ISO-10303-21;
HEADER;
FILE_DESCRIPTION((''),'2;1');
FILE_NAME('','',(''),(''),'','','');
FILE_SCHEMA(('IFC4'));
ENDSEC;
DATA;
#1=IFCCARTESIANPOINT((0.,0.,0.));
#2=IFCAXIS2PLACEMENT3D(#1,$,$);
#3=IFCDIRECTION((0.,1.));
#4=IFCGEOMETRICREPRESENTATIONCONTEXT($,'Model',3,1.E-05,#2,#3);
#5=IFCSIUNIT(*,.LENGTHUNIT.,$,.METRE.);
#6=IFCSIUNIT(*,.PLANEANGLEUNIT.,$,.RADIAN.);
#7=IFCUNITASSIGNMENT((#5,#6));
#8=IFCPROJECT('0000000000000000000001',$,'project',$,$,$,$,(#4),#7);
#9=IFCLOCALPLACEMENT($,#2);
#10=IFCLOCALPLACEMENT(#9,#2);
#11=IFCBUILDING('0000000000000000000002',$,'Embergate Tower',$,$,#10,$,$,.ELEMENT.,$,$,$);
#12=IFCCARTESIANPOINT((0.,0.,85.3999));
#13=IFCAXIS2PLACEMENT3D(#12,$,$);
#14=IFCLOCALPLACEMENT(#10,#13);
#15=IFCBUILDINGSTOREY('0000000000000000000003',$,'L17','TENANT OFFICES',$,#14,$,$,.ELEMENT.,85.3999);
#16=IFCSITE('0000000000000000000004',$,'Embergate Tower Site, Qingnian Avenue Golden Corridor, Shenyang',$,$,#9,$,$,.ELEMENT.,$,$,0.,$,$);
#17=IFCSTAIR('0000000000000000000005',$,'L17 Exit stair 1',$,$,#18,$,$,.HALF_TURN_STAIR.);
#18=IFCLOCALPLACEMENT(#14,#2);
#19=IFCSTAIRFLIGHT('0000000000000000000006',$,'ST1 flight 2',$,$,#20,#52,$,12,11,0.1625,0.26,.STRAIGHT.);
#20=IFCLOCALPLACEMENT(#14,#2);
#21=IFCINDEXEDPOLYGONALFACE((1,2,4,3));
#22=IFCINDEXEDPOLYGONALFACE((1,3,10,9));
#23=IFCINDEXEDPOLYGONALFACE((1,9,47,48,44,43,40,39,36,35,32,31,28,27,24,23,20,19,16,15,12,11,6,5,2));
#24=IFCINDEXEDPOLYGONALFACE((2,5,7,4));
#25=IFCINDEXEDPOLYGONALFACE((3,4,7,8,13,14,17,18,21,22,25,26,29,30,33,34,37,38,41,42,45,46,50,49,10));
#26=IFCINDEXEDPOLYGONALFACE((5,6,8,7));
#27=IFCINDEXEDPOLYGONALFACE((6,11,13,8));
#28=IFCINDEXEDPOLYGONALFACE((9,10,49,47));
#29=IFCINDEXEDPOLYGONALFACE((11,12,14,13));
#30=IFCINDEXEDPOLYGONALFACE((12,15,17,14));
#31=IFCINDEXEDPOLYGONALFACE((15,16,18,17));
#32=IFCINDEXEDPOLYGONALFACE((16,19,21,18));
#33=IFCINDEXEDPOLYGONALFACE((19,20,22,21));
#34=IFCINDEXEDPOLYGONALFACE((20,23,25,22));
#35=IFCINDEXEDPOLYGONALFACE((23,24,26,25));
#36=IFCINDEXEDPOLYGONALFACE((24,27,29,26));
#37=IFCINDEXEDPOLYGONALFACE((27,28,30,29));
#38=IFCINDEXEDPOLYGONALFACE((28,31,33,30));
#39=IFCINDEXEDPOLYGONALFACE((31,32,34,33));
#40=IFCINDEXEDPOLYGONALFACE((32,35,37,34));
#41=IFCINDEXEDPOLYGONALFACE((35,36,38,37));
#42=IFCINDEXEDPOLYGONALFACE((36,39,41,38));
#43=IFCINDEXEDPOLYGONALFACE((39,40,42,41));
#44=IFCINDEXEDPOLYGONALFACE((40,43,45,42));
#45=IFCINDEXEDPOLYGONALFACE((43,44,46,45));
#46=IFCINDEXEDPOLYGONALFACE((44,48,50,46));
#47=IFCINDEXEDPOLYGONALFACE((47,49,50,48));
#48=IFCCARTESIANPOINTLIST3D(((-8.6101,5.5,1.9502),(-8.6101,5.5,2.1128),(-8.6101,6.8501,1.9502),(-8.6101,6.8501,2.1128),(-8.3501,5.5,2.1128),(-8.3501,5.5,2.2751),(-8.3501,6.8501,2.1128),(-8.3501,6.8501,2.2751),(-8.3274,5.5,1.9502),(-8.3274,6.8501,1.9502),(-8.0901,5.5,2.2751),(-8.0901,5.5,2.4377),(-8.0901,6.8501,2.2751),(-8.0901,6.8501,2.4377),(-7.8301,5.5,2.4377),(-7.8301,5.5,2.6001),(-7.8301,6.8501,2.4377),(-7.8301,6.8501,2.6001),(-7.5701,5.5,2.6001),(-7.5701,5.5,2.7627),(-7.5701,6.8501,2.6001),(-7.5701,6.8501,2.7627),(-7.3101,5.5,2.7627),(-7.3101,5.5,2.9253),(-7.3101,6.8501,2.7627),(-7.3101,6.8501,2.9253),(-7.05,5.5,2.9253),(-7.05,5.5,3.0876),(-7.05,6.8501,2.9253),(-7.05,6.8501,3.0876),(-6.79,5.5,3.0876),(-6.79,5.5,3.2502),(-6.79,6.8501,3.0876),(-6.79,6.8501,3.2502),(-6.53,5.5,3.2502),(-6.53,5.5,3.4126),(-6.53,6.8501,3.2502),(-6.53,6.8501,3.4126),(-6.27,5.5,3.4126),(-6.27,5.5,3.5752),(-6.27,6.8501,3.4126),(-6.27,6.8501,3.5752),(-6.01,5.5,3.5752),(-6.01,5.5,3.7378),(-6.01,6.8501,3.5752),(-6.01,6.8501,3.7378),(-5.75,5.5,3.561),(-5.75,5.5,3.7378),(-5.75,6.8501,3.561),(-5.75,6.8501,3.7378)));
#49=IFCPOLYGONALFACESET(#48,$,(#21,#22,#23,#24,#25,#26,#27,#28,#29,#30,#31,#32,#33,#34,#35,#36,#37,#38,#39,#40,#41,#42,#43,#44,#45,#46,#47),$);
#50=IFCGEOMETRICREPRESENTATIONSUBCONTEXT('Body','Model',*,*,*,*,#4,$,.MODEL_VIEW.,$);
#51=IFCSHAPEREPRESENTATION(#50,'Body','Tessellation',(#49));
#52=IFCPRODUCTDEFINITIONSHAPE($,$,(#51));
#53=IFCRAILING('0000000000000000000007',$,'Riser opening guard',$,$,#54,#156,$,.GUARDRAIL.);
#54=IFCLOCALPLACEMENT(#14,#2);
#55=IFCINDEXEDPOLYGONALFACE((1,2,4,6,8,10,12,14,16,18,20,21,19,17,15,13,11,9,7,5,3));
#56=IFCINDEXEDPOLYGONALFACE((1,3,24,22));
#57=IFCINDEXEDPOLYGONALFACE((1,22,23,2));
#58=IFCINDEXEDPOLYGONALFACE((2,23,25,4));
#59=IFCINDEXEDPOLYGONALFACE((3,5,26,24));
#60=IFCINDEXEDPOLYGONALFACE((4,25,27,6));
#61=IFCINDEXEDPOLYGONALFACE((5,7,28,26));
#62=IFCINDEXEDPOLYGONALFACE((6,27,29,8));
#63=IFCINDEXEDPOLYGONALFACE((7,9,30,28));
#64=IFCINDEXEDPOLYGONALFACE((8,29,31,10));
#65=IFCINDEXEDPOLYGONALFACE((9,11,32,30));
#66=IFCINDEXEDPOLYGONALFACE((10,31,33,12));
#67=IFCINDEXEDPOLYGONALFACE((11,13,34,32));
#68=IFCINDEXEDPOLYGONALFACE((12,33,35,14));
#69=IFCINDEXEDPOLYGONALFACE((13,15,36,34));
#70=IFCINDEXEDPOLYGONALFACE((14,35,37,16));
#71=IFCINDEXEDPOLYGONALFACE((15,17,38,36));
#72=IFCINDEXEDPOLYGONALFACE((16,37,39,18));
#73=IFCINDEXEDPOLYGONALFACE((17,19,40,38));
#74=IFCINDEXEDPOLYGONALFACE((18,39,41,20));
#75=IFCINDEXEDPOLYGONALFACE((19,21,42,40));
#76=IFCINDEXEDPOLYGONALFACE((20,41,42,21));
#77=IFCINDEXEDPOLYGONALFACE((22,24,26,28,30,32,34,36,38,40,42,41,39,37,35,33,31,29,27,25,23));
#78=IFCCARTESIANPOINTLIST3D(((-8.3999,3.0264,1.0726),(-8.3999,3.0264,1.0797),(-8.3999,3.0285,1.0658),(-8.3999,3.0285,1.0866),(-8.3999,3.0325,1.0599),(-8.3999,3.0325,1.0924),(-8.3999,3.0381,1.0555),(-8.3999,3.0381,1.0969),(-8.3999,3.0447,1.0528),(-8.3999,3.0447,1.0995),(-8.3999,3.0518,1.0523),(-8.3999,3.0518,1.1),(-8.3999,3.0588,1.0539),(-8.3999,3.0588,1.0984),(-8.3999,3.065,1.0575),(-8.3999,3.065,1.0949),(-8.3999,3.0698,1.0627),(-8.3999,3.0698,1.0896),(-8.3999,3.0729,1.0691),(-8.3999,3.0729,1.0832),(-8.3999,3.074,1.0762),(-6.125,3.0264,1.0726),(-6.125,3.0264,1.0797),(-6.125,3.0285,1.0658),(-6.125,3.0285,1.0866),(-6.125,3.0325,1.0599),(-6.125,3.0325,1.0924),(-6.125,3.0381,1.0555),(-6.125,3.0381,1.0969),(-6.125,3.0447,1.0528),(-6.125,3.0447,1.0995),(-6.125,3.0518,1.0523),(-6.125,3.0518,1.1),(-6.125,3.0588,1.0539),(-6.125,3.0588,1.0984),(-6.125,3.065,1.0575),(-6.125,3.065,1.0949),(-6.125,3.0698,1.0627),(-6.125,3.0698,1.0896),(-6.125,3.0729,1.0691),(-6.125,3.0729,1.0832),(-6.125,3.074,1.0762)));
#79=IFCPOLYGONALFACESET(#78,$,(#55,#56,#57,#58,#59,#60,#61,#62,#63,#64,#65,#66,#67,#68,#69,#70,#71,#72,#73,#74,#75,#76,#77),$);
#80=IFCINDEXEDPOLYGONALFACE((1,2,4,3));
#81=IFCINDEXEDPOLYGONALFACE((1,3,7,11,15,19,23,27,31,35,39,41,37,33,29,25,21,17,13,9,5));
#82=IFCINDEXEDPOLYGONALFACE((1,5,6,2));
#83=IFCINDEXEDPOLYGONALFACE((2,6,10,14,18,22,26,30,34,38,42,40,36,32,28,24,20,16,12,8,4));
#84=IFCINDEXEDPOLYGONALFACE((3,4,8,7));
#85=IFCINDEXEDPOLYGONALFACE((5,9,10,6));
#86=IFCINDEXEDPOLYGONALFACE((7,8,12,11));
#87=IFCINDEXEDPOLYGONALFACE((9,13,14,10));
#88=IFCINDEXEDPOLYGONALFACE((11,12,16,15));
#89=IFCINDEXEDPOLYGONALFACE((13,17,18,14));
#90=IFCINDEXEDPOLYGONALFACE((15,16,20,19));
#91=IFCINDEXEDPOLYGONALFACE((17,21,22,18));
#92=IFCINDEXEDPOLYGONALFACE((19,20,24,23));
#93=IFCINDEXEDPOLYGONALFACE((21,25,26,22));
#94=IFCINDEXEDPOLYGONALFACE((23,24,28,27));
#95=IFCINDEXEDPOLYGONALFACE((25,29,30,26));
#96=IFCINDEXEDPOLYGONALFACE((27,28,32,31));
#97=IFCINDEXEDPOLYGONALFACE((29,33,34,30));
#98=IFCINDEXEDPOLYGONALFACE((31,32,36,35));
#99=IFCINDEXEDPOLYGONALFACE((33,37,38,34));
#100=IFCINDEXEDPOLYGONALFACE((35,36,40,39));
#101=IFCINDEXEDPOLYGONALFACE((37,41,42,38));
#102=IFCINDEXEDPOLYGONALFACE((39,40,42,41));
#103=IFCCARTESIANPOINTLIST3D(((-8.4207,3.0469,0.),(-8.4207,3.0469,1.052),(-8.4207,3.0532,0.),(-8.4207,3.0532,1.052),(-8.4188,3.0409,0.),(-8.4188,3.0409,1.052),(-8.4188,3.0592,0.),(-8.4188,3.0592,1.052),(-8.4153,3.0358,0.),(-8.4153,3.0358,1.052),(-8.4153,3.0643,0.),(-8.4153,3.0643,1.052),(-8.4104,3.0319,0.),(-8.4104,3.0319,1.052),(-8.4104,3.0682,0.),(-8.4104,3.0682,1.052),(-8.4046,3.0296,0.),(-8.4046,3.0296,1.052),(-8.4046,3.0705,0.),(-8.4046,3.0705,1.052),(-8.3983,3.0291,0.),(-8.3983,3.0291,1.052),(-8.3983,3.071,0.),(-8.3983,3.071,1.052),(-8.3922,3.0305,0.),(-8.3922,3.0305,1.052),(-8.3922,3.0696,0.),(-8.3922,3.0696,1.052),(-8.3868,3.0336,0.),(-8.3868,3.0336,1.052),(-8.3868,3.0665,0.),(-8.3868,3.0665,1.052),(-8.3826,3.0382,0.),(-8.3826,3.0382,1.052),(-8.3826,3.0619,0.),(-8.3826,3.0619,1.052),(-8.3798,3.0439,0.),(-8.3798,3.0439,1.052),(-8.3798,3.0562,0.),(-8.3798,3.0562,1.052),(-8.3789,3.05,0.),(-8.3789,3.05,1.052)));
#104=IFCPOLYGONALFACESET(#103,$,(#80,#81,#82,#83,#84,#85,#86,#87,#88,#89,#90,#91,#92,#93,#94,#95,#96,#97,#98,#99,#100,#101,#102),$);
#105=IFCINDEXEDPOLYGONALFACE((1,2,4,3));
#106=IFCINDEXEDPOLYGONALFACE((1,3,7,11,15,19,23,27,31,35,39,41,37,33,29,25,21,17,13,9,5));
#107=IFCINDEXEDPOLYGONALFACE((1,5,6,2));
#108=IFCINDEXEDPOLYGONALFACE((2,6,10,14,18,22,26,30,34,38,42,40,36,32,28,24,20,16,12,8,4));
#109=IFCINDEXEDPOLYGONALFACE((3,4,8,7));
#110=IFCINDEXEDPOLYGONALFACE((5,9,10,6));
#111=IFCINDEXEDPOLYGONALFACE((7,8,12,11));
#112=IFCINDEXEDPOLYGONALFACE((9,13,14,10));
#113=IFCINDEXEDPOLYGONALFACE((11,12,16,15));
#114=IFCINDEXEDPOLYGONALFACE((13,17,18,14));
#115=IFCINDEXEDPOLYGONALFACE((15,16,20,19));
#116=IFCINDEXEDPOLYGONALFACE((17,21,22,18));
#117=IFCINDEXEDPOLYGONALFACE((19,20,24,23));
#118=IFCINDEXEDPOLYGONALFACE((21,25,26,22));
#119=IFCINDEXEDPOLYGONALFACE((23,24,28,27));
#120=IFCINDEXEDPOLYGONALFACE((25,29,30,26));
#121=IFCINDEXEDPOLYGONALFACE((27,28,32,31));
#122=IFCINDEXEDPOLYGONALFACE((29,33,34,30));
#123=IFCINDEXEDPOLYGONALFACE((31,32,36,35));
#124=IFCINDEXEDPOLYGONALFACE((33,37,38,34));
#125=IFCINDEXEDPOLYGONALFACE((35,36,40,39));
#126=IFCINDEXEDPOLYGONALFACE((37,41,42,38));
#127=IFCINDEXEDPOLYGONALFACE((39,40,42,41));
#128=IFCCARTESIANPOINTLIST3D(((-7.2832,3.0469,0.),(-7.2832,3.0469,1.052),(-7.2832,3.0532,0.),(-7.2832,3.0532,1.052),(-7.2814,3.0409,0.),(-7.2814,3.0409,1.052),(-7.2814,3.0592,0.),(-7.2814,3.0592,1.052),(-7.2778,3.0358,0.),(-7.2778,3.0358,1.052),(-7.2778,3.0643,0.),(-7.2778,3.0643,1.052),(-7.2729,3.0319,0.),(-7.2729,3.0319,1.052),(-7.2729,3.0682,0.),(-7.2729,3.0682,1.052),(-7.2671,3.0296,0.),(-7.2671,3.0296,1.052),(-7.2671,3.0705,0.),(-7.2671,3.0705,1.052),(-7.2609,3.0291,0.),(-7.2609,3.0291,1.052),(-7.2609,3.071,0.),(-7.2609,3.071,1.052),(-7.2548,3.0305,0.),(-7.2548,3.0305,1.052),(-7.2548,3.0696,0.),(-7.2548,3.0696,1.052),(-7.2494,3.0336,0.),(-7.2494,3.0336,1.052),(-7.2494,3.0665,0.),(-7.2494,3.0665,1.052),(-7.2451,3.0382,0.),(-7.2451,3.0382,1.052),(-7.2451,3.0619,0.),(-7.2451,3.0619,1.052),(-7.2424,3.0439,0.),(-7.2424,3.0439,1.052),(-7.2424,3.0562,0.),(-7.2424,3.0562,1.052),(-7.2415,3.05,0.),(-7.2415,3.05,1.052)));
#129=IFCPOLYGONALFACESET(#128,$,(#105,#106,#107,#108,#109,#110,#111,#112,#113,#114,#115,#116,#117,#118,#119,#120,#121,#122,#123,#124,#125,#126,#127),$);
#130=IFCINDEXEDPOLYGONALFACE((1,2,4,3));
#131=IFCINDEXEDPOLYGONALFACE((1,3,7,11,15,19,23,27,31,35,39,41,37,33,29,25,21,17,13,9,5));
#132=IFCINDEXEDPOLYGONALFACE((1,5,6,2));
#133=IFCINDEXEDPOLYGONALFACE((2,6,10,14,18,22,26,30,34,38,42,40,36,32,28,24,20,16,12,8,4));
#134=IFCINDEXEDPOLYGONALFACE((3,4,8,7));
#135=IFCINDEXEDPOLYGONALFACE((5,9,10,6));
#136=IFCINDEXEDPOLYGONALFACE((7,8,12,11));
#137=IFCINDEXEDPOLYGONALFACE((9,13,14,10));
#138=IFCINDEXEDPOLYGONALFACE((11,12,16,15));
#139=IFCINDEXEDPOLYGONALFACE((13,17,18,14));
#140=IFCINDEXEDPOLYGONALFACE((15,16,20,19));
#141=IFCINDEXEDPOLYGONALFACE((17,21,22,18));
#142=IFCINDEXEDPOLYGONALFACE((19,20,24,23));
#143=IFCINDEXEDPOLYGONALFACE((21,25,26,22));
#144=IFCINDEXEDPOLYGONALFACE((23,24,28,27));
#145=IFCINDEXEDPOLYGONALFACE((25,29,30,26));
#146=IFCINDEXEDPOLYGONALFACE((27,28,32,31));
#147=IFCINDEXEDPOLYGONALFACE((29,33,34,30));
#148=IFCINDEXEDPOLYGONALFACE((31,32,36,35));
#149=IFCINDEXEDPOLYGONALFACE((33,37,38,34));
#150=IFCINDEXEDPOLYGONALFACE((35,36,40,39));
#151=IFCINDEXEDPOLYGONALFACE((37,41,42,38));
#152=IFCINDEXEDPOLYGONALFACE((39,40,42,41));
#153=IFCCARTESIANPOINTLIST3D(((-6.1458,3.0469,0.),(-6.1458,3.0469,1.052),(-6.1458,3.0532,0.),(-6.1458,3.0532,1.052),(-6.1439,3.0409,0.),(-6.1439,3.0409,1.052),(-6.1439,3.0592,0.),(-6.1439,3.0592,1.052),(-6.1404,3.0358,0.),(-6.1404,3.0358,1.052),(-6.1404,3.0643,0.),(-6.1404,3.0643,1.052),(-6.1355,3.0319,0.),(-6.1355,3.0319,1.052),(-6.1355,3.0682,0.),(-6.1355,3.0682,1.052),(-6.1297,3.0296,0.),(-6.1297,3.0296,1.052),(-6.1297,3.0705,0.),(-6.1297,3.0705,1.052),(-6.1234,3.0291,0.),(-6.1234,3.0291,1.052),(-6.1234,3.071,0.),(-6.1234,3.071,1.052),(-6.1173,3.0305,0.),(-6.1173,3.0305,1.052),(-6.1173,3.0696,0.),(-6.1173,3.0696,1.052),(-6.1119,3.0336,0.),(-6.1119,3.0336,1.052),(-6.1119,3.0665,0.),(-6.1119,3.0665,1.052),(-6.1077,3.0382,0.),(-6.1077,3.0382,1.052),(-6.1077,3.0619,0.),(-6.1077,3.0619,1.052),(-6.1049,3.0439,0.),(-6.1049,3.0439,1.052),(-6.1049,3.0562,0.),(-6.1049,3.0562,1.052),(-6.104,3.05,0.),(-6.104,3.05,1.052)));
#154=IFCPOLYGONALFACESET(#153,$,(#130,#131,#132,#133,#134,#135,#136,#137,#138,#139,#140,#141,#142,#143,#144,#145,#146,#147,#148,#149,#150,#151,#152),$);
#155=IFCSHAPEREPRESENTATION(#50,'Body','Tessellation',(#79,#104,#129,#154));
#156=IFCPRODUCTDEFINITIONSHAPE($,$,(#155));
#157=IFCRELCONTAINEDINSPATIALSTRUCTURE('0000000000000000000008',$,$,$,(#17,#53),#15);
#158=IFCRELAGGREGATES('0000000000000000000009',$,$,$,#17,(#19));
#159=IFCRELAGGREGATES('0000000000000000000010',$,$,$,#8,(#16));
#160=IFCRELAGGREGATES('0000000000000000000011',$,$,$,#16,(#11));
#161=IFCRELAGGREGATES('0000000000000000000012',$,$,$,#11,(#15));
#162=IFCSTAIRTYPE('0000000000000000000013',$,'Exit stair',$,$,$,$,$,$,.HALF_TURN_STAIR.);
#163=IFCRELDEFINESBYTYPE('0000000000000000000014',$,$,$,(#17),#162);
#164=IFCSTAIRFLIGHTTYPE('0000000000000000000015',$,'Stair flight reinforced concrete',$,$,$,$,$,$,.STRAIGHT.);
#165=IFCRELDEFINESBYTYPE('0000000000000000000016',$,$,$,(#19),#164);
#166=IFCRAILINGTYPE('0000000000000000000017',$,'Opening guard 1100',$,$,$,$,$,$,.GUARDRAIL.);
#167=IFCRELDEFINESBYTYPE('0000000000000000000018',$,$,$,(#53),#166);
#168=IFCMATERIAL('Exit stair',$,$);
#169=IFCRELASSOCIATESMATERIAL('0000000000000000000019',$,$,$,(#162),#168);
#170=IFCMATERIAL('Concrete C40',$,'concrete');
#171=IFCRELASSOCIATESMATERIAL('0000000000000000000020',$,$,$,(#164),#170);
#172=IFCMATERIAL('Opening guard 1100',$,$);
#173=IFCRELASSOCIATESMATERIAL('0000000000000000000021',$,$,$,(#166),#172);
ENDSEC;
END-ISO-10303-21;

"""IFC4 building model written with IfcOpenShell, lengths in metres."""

from ifc_helpers import new_model, si_unit, direction, frame, origin, origin_2d, place, context, subcontext, project, spatial, polyline, circle, outline, extrude, source, transform, mapped, material, type_object, element, aggregate, save


model = new_model("IFC4")

# Units and contexts
model_context = context("Model", 3, precision=1e-05, world=origin(), true_north=direction((0.0, 1.0)))
body_context = subcontext(model_context, "Body", "Model", "MODEL_VIEW")
ifc_project = project(units=[si_unit("LENGTHUNIT", "METRE"), si_unit("PLANEANGLEUNIT", "RADIAN")], contexts=[model_context])

# Site, building, storey
site_placement = place(None, origin())
site = spatial("IfcSite", under=ifc_project, at=site_placement, Name="Embergate Tower Site, Qingnian Avenue Golden Corridor, Shenyang", CompositionType="ELEMENT", RefElevation=0.0)
building_placement = place(site_placement, origin())
building = spatial("IfcBuilding", under=site, at=building_placement, Name="Embergate Tower", CompositionType="ELEMENT")
storey_placement = place(building_placement, frame((0.0, 0.0, 85.3999)))
storey = spatial("IfcBuildingStorey", under=building, at=storey_placement, Name="L17", Description="TENANT OFFICES", CompositionType="ELEMENT", Elevation=85.3999)

# Stair
ifc_material_1 = material(Name="Exit stair")
stair_type = type_object("IfcStairType", Name="Exit stair", PredefinedType="HALF_TURN_STAIR", material=ifc_material_1)
stair_placement = place(storey_placement, origin())
stair = element("IfcStair", 1, at=stair_placement, inside=storey, type_object=stair_type, Name="L17 Exit stair 1", PredefinedType="HALF_TURN_STAIR")
ifc_material_2 = material(Name="Concrete C40", Category="concrete")

# Stair flight
stair_flight_type = type_object("IfcStairFlightType", Name="Stair flight reinforced concrete", PredefinedType="STRAIGHT", material=ifc_material_2)
shared_shape_1 = source(origin(), body_context, "Body", "SweptSolid", [
    extrude(outline(polyline([(0.0, 0.0), (0.0, 0.1626), (0.26, 0.1626), (0.26, 0.325), (0.52, 0.325), (0.52, 0.4875), (0.78, 0.4875), (0.78, 0.6499), (1.04, 0.6499), (1.04, 0.8125), (1.3, 0.8125), (1.3, 0.9751), (1.5601, 0.9751), (1.5601, 1.1375), (1.8201, 1.1375), (1.8201, 1.3), (2.0801, 1.3), (2.0801, 1.4624), (2.3401, 1.4624), (2.3401, 1.625), (2.6001, 1.625), (2.6001, 1.7876), (2.8601, 1.7876), (2.8601, 1.95), (2.8601, 1.6108), (0.2827, 0.0), (0.0, 0.0)])), frame((0.0, 0.675, 0.0), z_axis=(0.0, -1.0, 0.0), x_axis=(1.0, 0.0, 0.0)), (0.0, 0.0, 1.0), 1.3501),
])
stair_flight_placement = place(storey_placement, frame((-8.6101, 6.175, 1.9502), z_axis=(0.0, 0.0, 1.0), x_axis=(1.0, 0.0, 0.0)))
stair_flight = element("IfcStairFlight", 2, at=stair_flight_placement, type_object=stair_flight_type, Name="ST1 flight 2", NumberOfRisers=12, NumberOfTreads=11, PredefinedType="STRAIGHT", RiserHeight=0.1625, TreadLength=0.26, context=body_context, shape_type="MappedRepresentation", body=[
    mapped(shared_shape_1, transform((0.0, 0.0, 0.0))),
])
aggregate(stair, [stair_flight])

# Railing
ifc_material_3 = material(Name="Opening guard 1100")
railing_type = type_object("IfcRailingType", Name="Opening guard 1100", PredefinedType="GUARDRAIL", material=ifc_material_3)
shared_shape_2 = source(origin(), body_context, "Body", "SweptSolid", [
    extrude(circle(Radius=0.0239, at=origin_2d()), frame((0.0, 0.0, 1.0762), z_axis=(1.0, 0.0, 0.0), x_axis=(0.0, 1.0, 0.0)), (0.0, 0.0, 1.0), 2.2749),
    extrude(circle(Radius=0.021, at=origin_2d()), origin(), (0.0, 0.0, 1.0), 1.052),
    extrude(circle(Radius=0.021, at=origin_2d()), frame((1.1375, 0.0, 0.0)), (0.0, 0.0, 1.0), 1.052),
    extrude(circle(Radius=0.021, at=origin_2d()), frame((2.2749, 0.0, 0.0)), (0.0, 0.0, 1.0), 1.052),
])
railing_placement = place(storey_placement, frame((-8.3999, 3.05, 0.0)))
element("IfcRailing", 3, at=railing_placement, inside=storey, type_object=railing_type, Name="Riser opening guard", PredefinedType="GUARDRAIL", context=body_context, shape_type="MappedRepresentation", body=[
    mapped(shared_shape_2, transform((0.0, 0.0, 0.0))),
])

save(model, "model.ifc")
